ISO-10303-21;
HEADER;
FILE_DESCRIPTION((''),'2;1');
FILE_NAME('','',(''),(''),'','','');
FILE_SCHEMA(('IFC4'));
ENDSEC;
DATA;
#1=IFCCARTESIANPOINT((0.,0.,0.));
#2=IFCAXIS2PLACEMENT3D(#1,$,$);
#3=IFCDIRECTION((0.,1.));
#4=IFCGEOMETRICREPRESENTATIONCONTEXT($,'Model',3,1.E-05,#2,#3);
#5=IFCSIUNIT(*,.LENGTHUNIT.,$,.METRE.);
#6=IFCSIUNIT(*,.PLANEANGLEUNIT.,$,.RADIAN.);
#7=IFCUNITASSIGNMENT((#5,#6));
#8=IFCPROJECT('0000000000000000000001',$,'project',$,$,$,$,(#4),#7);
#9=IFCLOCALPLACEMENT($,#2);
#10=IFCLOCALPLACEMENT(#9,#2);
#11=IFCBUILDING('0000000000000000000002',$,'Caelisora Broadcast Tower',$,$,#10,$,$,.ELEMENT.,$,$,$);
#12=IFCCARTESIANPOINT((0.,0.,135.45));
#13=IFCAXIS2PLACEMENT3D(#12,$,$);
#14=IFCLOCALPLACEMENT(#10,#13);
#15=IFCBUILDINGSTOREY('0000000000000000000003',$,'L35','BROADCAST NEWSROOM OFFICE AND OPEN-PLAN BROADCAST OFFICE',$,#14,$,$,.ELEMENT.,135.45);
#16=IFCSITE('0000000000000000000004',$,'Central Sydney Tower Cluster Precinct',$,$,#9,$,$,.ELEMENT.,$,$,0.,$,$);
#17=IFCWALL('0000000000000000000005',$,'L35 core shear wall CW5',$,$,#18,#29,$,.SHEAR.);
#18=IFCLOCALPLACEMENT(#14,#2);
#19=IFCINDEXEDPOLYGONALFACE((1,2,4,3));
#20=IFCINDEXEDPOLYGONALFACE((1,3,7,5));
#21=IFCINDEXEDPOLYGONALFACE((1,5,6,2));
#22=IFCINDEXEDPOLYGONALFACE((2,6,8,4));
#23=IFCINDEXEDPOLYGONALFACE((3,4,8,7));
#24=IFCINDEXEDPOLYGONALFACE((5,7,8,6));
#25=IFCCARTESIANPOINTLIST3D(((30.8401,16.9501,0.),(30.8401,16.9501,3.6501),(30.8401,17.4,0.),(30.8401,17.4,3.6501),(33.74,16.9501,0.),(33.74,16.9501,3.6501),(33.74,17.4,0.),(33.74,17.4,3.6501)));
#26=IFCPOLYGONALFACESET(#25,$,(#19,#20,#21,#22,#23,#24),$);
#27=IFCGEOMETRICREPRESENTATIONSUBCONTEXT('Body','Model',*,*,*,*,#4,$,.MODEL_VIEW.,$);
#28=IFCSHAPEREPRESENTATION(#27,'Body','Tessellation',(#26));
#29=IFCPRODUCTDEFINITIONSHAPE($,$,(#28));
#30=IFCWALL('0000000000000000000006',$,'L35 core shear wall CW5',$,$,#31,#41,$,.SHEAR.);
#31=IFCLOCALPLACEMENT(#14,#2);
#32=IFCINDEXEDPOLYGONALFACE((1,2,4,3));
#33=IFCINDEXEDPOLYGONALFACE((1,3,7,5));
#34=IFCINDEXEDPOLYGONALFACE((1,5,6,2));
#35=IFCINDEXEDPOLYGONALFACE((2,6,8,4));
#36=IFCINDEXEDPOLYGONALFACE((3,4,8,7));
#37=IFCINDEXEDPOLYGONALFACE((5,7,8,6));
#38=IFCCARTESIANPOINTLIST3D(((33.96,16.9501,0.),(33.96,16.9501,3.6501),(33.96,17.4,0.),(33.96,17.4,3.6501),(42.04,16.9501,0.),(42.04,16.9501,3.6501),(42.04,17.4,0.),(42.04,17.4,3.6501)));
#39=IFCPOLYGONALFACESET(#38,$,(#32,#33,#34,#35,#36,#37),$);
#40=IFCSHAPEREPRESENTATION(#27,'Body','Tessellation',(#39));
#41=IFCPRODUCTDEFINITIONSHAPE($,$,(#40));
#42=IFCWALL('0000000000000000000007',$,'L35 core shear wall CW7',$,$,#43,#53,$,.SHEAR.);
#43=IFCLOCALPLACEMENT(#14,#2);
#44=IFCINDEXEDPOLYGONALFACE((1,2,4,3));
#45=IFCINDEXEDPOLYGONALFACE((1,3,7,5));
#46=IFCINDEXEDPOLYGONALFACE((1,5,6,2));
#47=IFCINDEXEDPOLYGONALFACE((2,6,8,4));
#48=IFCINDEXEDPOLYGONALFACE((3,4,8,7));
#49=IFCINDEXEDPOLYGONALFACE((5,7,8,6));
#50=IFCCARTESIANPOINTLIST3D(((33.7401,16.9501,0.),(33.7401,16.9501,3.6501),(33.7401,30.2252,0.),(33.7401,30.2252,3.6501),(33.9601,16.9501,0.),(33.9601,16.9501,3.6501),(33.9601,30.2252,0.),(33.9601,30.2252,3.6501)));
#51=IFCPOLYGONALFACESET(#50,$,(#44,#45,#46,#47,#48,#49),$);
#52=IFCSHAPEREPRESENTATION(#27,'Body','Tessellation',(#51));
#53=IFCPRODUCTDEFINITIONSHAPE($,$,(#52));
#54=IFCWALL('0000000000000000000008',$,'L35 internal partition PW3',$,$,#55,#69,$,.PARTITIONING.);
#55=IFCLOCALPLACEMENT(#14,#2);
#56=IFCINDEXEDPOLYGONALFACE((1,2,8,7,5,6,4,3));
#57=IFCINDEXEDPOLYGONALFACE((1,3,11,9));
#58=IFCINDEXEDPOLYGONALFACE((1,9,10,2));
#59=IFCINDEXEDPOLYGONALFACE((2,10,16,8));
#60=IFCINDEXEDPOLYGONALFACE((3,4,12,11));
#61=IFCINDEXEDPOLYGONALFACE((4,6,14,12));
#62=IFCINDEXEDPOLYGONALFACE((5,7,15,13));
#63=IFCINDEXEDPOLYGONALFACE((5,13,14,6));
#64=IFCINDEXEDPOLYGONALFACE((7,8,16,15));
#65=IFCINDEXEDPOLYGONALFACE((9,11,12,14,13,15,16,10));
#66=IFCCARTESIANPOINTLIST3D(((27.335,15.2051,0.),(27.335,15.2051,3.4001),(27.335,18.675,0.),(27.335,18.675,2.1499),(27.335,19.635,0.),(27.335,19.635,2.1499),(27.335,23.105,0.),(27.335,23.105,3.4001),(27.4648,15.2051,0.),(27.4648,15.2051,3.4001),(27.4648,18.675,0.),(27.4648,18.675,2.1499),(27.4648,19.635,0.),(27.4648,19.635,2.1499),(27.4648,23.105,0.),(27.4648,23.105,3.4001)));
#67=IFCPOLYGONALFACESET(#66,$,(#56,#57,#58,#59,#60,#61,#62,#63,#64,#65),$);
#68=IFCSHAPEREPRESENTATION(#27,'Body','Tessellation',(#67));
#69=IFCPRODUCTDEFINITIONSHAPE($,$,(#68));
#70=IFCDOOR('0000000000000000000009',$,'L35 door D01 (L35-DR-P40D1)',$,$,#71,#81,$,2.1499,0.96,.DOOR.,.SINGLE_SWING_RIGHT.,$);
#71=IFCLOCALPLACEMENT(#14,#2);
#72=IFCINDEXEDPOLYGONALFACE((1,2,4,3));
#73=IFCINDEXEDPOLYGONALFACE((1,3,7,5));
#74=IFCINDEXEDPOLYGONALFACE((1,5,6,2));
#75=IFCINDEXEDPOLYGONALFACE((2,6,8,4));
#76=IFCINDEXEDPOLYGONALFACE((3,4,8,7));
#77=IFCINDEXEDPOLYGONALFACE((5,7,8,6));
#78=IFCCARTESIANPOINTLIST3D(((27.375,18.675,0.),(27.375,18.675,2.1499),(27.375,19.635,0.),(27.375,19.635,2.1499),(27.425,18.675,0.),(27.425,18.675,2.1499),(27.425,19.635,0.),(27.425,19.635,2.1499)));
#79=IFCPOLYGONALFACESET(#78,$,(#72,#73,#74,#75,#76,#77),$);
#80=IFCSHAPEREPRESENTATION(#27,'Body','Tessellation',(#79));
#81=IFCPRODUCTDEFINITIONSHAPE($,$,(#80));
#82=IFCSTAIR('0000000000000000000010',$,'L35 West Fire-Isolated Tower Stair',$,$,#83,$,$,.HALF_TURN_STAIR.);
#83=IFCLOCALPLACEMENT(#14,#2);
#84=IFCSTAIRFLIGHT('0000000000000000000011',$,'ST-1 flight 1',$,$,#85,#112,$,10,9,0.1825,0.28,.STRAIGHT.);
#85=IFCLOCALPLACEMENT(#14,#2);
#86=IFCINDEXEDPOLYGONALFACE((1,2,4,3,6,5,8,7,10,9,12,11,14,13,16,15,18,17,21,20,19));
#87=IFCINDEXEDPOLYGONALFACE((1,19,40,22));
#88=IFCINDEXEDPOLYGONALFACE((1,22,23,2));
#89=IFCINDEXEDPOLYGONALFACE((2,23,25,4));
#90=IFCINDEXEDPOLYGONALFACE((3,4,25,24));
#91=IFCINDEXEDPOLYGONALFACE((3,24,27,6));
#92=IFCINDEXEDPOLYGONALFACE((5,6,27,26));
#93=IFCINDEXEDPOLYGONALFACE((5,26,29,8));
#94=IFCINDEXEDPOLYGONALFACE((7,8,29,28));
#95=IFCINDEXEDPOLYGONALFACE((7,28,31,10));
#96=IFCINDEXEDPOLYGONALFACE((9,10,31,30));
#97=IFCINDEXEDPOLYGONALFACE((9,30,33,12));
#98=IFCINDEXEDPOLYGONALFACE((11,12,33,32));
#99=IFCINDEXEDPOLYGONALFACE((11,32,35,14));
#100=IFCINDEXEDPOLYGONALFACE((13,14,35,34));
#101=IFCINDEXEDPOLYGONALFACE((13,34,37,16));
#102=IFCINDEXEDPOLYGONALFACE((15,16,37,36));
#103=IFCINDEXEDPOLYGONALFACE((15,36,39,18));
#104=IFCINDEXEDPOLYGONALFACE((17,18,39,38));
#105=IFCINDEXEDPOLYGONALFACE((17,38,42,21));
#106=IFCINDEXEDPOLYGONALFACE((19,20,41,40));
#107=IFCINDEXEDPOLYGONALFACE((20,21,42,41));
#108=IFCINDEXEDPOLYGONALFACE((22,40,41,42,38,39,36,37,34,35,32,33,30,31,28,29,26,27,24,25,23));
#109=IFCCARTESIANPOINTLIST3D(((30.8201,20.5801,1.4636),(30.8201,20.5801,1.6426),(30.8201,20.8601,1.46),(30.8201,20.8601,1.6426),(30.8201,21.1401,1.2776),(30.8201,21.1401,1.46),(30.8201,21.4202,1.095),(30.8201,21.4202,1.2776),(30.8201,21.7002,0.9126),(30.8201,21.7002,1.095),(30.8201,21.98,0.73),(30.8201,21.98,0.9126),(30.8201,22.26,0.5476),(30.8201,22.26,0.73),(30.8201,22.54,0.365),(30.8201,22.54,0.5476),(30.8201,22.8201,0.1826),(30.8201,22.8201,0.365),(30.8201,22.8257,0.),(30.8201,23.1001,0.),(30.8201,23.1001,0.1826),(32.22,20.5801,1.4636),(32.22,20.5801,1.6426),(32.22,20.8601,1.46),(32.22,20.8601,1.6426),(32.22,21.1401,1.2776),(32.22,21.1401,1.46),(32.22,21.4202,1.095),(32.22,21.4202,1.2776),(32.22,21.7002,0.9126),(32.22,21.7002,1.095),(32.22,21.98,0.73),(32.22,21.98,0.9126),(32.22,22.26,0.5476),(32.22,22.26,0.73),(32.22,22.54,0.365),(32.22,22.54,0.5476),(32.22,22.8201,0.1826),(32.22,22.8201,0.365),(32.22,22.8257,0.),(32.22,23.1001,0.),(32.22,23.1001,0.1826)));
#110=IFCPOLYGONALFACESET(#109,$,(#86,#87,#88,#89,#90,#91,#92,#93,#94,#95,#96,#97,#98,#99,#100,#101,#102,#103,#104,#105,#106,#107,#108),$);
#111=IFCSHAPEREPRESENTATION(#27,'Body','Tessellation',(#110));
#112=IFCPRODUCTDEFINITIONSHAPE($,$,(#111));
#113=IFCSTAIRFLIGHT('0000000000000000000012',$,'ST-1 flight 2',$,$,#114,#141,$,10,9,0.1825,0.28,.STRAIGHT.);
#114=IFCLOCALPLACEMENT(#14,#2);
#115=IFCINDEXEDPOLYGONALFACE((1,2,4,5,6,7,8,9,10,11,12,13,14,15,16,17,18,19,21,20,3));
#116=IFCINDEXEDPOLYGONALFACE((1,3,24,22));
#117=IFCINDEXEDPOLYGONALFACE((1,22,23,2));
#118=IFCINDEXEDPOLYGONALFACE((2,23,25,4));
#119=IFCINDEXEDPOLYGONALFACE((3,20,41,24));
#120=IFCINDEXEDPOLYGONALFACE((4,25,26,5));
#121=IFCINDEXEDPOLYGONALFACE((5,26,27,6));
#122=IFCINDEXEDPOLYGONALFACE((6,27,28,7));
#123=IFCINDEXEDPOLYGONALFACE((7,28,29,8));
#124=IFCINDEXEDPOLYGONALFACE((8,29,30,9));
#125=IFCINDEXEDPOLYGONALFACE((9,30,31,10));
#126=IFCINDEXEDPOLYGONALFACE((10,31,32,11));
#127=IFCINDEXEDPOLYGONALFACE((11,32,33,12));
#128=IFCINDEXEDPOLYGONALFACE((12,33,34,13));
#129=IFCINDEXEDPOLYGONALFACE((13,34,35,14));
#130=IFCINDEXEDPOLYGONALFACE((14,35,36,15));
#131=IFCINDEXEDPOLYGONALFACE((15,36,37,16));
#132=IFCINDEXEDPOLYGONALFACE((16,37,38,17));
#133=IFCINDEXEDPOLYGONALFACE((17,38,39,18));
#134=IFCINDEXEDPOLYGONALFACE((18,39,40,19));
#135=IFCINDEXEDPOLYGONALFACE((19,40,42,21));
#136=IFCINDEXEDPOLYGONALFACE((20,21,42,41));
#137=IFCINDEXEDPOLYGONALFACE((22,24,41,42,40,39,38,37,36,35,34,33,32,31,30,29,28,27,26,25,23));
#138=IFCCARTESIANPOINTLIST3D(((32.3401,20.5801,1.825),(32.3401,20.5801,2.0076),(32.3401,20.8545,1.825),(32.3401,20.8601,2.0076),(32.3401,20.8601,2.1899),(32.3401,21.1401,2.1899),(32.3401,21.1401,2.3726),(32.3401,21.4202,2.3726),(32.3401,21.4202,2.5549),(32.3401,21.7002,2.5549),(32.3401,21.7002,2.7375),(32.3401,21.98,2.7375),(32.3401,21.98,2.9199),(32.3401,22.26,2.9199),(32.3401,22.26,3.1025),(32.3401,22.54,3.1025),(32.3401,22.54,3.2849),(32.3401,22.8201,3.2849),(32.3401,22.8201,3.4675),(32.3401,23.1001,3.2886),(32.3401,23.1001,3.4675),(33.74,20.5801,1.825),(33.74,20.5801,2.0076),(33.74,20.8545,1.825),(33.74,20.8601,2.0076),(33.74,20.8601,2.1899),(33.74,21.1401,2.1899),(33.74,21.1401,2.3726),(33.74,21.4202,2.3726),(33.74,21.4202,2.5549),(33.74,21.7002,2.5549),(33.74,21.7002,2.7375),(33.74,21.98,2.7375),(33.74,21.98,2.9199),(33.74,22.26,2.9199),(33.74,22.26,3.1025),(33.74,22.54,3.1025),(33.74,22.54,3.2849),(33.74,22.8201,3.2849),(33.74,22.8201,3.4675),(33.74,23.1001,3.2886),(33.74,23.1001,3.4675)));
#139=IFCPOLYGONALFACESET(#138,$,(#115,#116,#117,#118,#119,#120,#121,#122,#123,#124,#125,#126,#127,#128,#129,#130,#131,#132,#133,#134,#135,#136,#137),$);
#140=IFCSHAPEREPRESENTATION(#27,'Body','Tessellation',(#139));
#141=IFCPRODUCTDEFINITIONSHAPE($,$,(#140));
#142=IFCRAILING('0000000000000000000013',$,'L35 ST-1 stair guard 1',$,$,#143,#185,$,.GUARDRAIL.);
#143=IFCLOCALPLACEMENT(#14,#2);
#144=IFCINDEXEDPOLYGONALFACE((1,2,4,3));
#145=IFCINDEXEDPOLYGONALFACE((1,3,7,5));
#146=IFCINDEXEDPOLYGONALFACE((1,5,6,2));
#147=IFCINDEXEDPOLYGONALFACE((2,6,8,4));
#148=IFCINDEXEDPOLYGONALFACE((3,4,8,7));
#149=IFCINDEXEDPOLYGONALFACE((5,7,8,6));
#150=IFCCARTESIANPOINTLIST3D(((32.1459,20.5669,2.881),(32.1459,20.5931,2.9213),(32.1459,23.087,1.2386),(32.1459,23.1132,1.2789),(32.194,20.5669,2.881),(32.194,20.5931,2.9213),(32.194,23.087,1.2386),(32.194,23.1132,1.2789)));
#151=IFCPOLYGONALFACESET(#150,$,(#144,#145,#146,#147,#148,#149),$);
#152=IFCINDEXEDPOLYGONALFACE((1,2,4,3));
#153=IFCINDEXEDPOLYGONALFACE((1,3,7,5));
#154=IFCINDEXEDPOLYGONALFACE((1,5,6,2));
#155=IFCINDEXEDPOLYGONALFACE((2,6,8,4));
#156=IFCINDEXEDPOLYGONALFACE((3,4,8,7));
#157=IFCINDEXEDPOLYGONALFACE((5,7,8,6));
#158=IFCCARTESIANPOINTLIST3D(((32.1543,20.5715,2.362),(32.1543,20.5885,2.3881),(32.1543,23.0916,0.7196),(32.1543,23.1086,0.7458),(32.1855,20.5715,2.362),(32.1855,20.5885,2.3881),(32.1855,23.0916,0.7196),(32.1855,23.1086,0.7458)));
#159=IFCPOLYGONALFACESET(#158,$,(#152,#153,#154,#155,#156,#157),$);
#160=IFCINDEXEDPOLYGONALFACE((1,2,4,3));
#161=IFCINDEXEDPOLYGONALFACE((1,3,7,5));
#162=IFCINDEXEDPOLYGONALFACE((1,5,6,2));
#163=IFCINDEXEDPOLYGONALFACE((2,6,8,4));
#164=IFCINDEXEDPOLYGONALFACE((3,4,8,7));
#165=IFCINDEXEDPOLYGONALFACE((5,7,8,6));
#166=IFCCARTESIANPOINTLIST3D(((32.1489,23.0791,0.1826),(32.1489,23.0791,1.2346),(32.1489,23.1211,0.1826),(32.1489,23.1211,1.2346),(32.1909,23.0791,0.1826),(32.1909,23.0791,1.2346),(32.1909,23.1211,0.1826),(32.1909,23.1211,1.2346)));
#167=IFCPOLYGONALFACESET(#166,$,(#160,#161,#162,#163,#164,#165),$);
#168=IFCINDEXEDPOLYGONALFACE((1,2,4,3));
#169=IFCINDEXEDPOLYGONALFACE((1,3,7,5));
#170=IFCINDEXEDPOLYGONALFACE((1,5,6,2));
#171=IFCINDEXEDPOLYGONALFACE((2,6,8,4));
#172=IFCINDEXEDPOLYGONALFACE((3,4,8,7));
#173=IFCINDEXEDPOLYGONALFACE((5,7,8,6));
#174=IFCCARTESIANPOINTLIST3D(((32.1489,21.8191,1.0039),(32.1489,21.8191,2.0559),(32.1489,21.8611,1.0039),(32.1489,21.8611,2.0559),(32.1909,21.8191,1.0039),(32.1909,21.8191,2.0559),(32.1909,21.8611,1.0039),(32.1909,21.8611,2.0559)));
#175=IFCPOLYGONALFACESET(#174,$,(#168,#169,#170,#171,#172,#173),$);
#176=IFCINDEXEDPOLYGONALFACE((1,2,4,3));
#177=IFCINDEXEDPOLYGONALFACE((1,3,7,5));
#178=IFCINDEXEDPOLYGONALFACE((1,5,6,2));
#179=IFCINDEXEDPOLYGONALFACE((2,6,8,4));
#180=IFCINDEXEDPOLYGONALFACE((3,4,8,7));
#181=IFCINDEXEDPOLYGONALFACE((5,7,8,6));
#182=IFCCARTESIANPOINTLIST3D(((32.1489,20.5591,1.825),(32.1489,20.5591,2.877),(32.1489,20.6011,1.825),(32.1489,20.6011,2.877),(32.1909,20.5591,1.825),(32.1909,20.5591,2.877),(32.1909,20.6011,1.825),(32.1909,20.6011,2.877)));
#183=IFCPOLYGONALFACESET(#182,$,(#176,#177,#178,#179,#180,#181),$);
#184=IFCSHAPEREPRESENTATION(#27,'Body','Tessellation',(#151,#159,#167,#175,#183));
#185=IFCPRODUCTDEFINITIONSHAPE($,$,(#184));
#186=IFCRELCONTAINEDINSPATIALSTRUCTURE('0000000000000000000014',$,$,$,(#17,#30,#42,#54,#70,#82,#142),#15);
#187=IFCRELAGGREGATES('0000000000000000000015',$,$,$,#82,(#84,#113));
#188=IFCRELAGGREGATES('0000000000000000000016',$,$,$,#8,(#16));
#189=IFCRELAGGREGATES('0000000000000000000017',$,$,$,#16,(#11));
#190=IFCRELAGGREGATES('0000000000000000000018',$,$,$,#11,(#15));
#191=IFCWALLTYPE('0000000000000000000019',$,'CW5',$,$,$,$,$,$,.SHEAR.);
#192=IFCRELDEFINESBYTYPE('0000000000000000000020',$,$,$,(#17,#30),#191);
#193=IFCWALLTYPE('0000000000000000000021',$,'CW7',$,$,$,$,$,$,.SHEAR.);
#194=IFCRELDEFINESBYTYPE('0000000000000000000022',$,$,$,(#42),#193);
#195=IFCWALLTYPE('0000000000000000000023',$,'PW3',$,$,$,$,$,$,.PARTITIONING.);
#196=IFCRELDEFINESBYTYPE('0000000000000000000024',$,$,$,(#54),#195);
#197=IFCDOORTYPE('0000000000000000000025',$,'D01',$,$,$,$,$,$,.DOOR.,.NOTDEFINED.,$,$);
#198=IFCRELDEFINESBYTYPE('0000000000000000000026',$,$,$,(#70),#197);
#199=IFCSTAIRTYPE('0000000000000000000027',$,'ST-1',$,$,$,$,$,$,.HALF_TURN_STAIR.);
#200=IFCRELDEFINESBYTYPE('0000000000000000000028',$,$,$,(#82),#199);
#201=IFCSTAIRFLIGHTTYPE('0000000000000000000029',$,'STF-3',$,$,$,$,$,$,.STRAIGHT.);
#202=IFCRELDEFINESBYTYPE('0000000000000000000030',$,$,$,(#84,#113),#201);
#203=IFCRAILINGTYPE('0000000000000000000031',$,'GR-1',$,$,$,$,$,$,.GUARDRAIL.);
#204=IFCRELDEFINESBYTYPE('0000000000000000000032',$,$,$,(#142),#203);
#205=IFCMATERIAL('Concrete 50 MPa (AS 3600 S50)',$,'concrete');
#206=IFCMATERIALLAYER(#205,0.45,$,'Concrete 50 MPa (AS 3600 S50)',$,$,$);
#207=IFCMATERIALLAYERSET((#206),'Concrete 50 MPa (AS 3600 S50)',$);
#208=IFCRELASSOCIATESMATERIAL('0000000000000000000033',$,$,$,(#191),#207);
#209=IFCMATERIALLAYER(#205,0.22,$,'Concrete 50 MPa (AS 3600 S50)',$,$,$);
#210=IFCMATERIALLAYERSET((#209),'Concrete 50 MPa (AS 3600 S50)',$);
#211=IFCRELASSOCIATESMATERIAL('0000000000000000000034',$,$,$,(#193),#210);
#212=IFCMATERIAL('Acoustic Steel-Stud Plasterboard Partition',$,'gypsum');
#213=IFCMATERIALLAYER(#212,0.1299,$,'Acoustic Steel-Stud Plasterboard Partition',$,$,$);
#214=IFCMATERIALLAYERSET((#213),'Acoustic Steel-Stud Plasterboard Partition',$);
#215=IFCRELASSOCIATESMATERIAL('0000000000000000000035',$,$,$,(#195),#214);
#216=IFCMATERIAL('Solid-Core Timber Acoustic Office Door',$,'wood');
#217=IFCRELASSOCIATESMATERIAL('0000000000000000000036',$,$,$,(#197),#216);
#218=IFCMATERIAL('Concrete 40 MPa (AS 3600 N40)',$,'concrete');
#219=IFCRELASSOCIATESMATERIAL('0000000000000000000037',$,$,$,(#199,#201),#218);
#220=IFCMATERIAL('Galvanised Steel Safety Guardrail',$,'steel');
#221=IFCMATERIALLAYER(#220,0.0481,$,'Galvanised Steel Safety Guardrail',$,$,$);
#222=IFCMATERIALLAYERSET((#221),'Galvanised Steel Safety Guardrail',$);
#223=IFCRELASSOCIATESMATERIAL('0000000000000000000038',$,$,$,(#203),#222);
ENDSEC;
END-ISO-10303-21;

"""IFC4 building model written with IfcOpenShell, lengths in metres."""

from ifc_helpers import new_model, si_unit, direction, frame, frame_2d, origin, origin_2d, place, context, subcontext, project, spatial, polyline, rectangle, outline, extrude, material, layer, layer_set, type_object, element, fill, aggregate, save


model = new_model("IFC4")

# Units and contexts
model_context = context("Model", 3, precision=1e-05, world=origin(), true_north=direction((0.0, 1.0)))
body_context = subcontext(model_context, "Body", "Model", "MODEL_VIEW")
ifc_project = project(units=[si_unit("LENGTHUNIT", "METRE"), si_unit("PLANEANGLEUNIT", "RADIAN")], contexts=[model_context])

# Site, building, storey
site_placement = place(None, origin())
site = spatial("IfcSite", under=ifc_project, at=site_placement, Name="Central Sydney Tower Cluster Precinct", CompositionType="ELEMENT", RefElevation=0.0)
building_placement = place(site_placement, origin())
building = spatial("IfcBuilding", under=site, at=building_placement, Name="Caelisora Broadcast Tower", CompositionType="ELEMENT")
storey_placement = place(building_placement, frame((0.0, 0.0, 135.45)))
storey = spatial("IfcBuildingStorey", under=building, at=storey_placement, Name="L35", Description="BROADCAST NEWSROOM OFFICE AND OPEN-PLAN BROADCAST OFFICE", CompositionType="ELEMENT", Elevation=135.45)

# Shared definitions
ifc_material_1 = material(Name="Concrete 50 MPa (AS 3600 S50)", Category="concrete")

# Walls
ifc_layer_1 = layer(ifc_material_1, 0.45, Name="Concrete 50 MPa (AS 3600 S50)")
ifc_layer_set_1 = layer_set([ifc_layer_1], Name="Concrete 50 MPa (AS 3600 S50)")
wall_type_1 = type_object("IfcWallType", Name="CW5", PredefinedType="SHEAR", material=ifc_layer_set_1)
wall_1_placement = place(storey_placement, frame((30.8401, 17.175, 0.0), z_axis=(0.0, 0.0, 1.0), x_axis=(1.0, 0.0, 0.0)))
element("IfcWall", 1, at=wall_1_placement, inside=storey, type_object=wall_type_1, Name="L35 core shear wall CW5", PredefinedType="SHEAR", context=body_context, shape_type="SweptSolid", body=[
    extrude(rectangle(XDim=2.8999, YDim=0.45, at=frame_2d((1.45, 0.0))), origin(), (0.0, 0.0, 1.0), 3.6501),
])
wall_2_placement = place(storey_placement, frame((33.96, 17.175, 0.0), z_axis=(0.0, 0.0, 1.0), x_axis=(1.0, 0.0, 0.0)))
element("IfcWall", 2, at=wall_2_placement, inside=storey, type_object=wall_type_1, Name="L35 core shear wall CW5", PredefinedType="SHEAR", context=body_context, shape_type="SweptSolid", body=[
    extrude(rectangle(XDim=8.0801, YDim=0.45, at=frame_2d((4.04, 0.0))), origin(), (0.0, 0.0, 1.0), 3.6501),
])
ifc_layer_2 = layer(ifc_material_1, 0.22, Name="Concrete 50 MPa (AS 3600 S50)")
ifc_layer_set_2 = layer_set([ifc_layer_2], Name="Concrete 50 MPa (AS 3600 S50)")
wall_type_2 = type_object("IfcWallType", Name="CW7", PredefinedType="SHEAR", material=ifc_layer_set_2)
wall_3_placement = place(storey_placement, frame((33.8501, 16.95, 0.0), z_axis=(0.0, 0.0, 1.0), x_axis=(0.0, 1.0, 0.0)))
element("IfcWall", 3, at=wall_3_placement, inside=storey, type_object=wall_type_2, Name="L35 core shear wall CW7", PredefinedType="SHEAR", context=body_context, shape_type="SweptSolid", body=[
    extrude(rectangle(XDim=13.2751, YDim=0.22, at=frame_2d((6.6377, 0.0))), origin(), (0.0, 0.0, 1.0), 3.6501),
])

# Wall, opening, door
ifc_material_2 = material(Name="Acoustic Steel-Stud Plasterboard Partition", Category="gypsum")
ifc_layer_3 = layer(ifc_material_2, 0.1299, Name="Acoustic Steel-Stud Plasterboard Partition")
ifc_layer_set_3 = layer_set([ifc_layer_3], Name="Acoustic Steel-Stud Plasterboard Partition")
wall_type_3 = type_object("IfcWallType", Name="PW3", PredefinedType="PARTITIONING", material=ifc_layer_set_3)
wall_4_placement = place(storey_placement, frame((27.3999, 15.2051, 0.0), z_axis=(0.0, 0.0, 1.0), x_axis=(0.0, 1.0, 0.0)))
wall_4 = element("IfcWall", 4, at=wall_4_placement, inside=storey, type_object=wall_type_3, Name="L35 internal partition PW3", PredefinedType="PARTITIONING", context=body_context, shape_type="SweptSolid", body=[
    extrude(rectangle(XDim=7.8999, YDim=0.1299, at=frame_2d((3.95, 0.0))), origin(), (0.0, 0.0, 1.0), 3.4001),
])
opening_1_placement = place(wall_4_placement, frame((3.47, 0.0, 0.0)))
opening_1 = element("IfcOpeningElement", 5, at=opening_1_placement, cuts=wall_4, PredefinedType="OPENING", context=body_context, shape_type="SweptSolid", body=[
    extrude(rectangle(XDim=0.96, YDim=2.1499, at=frame_2d((0.48, 1.075))), frame((0.0, 0.0769, 0.0), z_axis=(0.0, -1.0, 0.0), x_axis=(1.0, 0.0, 0.0)), (0.0, 0.0, 1.0), 0.1538),
])
ifc_material_3 = material(Name="Solid-Core Timber Acoustic Office Door", Category="wood")
door_type_1 = type_object("IfcDoorType", Name="D01", OperationType="NOTDEFINED", PredefinedType="DOOR", material=ifc_material_3)
door_1_placement = place(opening_1_placement, origin())
door_1 = element("IfcDoor", 6, at=door_1_placement, inside=storey, type_object=door_type_1, Name="L35 door D01 (L35-DR-P40D1)", OperationType="SINGLE_SWING_RIGHT", OverallHeight=2.1499, OverallWidth=0.96, PredefinedType="DOOR", context=body_context, shape_type="SweptSolid", body=[
    extrude(rectangle(XDim=0.96, YDim=2.1499, at=frame_2d((0.48, 1.075))), frame((0.0, 0.0249, 0.0), z_axis=(0.0, -1.0, 0.0), x_axis=(1.0, 0.0, 0.0)), (0.0, 0.0, 1.0), 0.05),
])
fill(opening_1, door_1)

# Stair, stair flights
ifc_material_4 = material(Name="Concrete 40 MPa (AS 3600 N40)", Category="concrete")
stair_type = type_object("IfcStairType", Name="ST-1", PredefinedType="HALF_TURN_STAIR", material=ifc_material_4)
stair_placement = place(storey_placement, origin())
stair = element("IfcStair", 7, at=stair_placement, inside=storey, type_object=stair_type, Name="L35 West Fire-Isolated Tower Stair", PredefinedType="HALF_TURN_STAIR")
stair_flight_type = type_object("IfcStairFlightType", Name="STF-3", PredefinedType="STRAIGHT", material=ifc_material_4)
stair_flight_1_placement = place(storey_placement, frame((31.52, 23.1001, 0.0), z_axis=(0.0, 0.0, 1.0), x_axis=(0.0, -1.0, 0.0)))
stair_flight_1 = element("IfcStairFlight", 8, at=stair_flight_1_placement, type_object=stair_flight_type, Name="ST-1 flight 1", NumberOfRisers=10, NumberOfTreads=9, PredefinedType="STRAIGHT", RiserHeight=0.1825, TreadLength=0.28, context=body_context, shape_type="SweptSolid", body=[
    extrude(outline(polyline([(0.0, 0.0), (0.0, 0.1826), (0.28, 0.1826), (0.28, 0.365), (0.5601, 0.365), (0.5601, 0.5476), (0.8401, 0.5476), (0.8401, 0.73), (1.1201, 0.73), (1.1201, 0.9126), (1.3999, 0.9126), (1.3999, 1.095), (1.6799, 1.095), (1.6799, 1.2776), (1.96, 1.2776), (1.96, 1.46), (2.24, 1.46), (2.24, 1.6426), (2.52, 1.6426), (2.52, 1.825), (2.52, 1.4636), (0.2744, 0.0), (0.0, 0.0)])), frame((0.0, 0.7, 0.0), z_axis=(0.0, -1.0, 0.0), x_axis=(1.0, 0.0, 0.0)), (0.0, 0.0, 1.0), 1.3999),
])
stair_flight_2_placement = place(storey_placement, frame((33.04, 20.5801, 1.825), z_axis=(0.0, 0.0, 1.0), x_axis=(0.0, 1.0, 0.0)))
stair_flight_2 = element("IfcStairFlight", 9, at=stair_flight_2_placement, type_object=stair_flight_type, Name="ST-1 flight 2", NumberOfRisers=10, NumberOfTreads=9, PredefinedType="STRAIGHT", RiserHeight=0.1825, TreadLength=0.28, context=body_context, shape_type="SweptSolid", body=[
    extrude(outline(polyline([(0.0, 0.0), (0.0, 0.1826), (0.28, 0.1826), (0.28, 0.365), (0.5601, 0.365), (0.5601, 0.5476), (0.8401, 0.5476), (0.8401, 0.73), (1.1201, 0.73), (1.1201, 0.9126), (1.3999, 0.9126), (1.3999, 1.095), (1.6799, 1.095), (1.6799, 1.2776), (1.96, 1.2776), (1.96, 1.46), (2.24, 1.46), (2.24, 1.6426), (2.52, 1.6426), (2.52, 1.825), (2.52, 1.4636), (0.2744, 0.0), (0.0, 0.0)])), frame((0.0, 0.7, 0.0), z_axis=(0.0, -1.0, 0.0), x_axis=(1.0, 0.0, 0.0)), (0.0, 0.0, 1.0), 1.3999),
])
aggregate(stair, [stair_flight_1, stair_flight_2])

# Railing
ifc_material_5 = material(Name="Galvanised Steel Safety Guardrail", Category="steel")
ifc_layer_4 = layer(ifc_material_5, 0.0481, Name="Galvanised Steel Safety Guardrail")
ifc_layer_set_4 = layer_set([ifc_layer_4], Name="Galvanised Steel Safety Guardrail")
railing_type_1 = type_object("IfcRailingType", Name="GR-1", PredefinedType="GUARDRAIL", material=ifc_layer_set_4)
railing_1_placement = place(storey_placement, frame((32.1699, 23.1001, 0.1826)))
element("IfcRailing", 10, at=railing_1_placement, inside=storey, type_object=railing_type_1, Name="L35 ST-1 stair guard 1", PredefinedType="GUARDRAIL", context=body_context, shape_type="SweptSolid", body=[
    extrude(rectangle(XDim=0.0481, YDim=0.0481, at=origin_2d()), frame((0.0, 0.0, 1.0762), z_axis=(0.0, -0.837787, 0.545998), x_axis=(1.0, 0.0, 0.0)), (0.0, 0.0, 1.0), 3.0081),
    extrude(rectangle(XDim=0.0312, YDim=0.0312, at=origin_2d()), frame((0.0, 0.0, 0.55), z_axis=(0.0, -0.837787, 0.545998), x_axis=(1.0, 0.0, 0.0)), (0.0, 0.0, 1.0), 3.0081),
    extrude(rectangle(XDim=0.042, YDim=0.042, at=origin_2d()), origin(), (0.0, 0.0, 1.0), 1.052),
    extrude(rectangle(XDim=0.042, YDim=0.042, at=origin_2d()), frame((0.0, -1.26, 0.8213)), (0.0, 0.0, 1.0), 1.052),
    extrude(rectangle(XDim=0.042, YDim=0.042, at=origin_2d()), frame((0.0, -2.52, 1.6423)), (0.0, 0.0, 1.0), 1.052),
])

save(model, "model.ifc")
